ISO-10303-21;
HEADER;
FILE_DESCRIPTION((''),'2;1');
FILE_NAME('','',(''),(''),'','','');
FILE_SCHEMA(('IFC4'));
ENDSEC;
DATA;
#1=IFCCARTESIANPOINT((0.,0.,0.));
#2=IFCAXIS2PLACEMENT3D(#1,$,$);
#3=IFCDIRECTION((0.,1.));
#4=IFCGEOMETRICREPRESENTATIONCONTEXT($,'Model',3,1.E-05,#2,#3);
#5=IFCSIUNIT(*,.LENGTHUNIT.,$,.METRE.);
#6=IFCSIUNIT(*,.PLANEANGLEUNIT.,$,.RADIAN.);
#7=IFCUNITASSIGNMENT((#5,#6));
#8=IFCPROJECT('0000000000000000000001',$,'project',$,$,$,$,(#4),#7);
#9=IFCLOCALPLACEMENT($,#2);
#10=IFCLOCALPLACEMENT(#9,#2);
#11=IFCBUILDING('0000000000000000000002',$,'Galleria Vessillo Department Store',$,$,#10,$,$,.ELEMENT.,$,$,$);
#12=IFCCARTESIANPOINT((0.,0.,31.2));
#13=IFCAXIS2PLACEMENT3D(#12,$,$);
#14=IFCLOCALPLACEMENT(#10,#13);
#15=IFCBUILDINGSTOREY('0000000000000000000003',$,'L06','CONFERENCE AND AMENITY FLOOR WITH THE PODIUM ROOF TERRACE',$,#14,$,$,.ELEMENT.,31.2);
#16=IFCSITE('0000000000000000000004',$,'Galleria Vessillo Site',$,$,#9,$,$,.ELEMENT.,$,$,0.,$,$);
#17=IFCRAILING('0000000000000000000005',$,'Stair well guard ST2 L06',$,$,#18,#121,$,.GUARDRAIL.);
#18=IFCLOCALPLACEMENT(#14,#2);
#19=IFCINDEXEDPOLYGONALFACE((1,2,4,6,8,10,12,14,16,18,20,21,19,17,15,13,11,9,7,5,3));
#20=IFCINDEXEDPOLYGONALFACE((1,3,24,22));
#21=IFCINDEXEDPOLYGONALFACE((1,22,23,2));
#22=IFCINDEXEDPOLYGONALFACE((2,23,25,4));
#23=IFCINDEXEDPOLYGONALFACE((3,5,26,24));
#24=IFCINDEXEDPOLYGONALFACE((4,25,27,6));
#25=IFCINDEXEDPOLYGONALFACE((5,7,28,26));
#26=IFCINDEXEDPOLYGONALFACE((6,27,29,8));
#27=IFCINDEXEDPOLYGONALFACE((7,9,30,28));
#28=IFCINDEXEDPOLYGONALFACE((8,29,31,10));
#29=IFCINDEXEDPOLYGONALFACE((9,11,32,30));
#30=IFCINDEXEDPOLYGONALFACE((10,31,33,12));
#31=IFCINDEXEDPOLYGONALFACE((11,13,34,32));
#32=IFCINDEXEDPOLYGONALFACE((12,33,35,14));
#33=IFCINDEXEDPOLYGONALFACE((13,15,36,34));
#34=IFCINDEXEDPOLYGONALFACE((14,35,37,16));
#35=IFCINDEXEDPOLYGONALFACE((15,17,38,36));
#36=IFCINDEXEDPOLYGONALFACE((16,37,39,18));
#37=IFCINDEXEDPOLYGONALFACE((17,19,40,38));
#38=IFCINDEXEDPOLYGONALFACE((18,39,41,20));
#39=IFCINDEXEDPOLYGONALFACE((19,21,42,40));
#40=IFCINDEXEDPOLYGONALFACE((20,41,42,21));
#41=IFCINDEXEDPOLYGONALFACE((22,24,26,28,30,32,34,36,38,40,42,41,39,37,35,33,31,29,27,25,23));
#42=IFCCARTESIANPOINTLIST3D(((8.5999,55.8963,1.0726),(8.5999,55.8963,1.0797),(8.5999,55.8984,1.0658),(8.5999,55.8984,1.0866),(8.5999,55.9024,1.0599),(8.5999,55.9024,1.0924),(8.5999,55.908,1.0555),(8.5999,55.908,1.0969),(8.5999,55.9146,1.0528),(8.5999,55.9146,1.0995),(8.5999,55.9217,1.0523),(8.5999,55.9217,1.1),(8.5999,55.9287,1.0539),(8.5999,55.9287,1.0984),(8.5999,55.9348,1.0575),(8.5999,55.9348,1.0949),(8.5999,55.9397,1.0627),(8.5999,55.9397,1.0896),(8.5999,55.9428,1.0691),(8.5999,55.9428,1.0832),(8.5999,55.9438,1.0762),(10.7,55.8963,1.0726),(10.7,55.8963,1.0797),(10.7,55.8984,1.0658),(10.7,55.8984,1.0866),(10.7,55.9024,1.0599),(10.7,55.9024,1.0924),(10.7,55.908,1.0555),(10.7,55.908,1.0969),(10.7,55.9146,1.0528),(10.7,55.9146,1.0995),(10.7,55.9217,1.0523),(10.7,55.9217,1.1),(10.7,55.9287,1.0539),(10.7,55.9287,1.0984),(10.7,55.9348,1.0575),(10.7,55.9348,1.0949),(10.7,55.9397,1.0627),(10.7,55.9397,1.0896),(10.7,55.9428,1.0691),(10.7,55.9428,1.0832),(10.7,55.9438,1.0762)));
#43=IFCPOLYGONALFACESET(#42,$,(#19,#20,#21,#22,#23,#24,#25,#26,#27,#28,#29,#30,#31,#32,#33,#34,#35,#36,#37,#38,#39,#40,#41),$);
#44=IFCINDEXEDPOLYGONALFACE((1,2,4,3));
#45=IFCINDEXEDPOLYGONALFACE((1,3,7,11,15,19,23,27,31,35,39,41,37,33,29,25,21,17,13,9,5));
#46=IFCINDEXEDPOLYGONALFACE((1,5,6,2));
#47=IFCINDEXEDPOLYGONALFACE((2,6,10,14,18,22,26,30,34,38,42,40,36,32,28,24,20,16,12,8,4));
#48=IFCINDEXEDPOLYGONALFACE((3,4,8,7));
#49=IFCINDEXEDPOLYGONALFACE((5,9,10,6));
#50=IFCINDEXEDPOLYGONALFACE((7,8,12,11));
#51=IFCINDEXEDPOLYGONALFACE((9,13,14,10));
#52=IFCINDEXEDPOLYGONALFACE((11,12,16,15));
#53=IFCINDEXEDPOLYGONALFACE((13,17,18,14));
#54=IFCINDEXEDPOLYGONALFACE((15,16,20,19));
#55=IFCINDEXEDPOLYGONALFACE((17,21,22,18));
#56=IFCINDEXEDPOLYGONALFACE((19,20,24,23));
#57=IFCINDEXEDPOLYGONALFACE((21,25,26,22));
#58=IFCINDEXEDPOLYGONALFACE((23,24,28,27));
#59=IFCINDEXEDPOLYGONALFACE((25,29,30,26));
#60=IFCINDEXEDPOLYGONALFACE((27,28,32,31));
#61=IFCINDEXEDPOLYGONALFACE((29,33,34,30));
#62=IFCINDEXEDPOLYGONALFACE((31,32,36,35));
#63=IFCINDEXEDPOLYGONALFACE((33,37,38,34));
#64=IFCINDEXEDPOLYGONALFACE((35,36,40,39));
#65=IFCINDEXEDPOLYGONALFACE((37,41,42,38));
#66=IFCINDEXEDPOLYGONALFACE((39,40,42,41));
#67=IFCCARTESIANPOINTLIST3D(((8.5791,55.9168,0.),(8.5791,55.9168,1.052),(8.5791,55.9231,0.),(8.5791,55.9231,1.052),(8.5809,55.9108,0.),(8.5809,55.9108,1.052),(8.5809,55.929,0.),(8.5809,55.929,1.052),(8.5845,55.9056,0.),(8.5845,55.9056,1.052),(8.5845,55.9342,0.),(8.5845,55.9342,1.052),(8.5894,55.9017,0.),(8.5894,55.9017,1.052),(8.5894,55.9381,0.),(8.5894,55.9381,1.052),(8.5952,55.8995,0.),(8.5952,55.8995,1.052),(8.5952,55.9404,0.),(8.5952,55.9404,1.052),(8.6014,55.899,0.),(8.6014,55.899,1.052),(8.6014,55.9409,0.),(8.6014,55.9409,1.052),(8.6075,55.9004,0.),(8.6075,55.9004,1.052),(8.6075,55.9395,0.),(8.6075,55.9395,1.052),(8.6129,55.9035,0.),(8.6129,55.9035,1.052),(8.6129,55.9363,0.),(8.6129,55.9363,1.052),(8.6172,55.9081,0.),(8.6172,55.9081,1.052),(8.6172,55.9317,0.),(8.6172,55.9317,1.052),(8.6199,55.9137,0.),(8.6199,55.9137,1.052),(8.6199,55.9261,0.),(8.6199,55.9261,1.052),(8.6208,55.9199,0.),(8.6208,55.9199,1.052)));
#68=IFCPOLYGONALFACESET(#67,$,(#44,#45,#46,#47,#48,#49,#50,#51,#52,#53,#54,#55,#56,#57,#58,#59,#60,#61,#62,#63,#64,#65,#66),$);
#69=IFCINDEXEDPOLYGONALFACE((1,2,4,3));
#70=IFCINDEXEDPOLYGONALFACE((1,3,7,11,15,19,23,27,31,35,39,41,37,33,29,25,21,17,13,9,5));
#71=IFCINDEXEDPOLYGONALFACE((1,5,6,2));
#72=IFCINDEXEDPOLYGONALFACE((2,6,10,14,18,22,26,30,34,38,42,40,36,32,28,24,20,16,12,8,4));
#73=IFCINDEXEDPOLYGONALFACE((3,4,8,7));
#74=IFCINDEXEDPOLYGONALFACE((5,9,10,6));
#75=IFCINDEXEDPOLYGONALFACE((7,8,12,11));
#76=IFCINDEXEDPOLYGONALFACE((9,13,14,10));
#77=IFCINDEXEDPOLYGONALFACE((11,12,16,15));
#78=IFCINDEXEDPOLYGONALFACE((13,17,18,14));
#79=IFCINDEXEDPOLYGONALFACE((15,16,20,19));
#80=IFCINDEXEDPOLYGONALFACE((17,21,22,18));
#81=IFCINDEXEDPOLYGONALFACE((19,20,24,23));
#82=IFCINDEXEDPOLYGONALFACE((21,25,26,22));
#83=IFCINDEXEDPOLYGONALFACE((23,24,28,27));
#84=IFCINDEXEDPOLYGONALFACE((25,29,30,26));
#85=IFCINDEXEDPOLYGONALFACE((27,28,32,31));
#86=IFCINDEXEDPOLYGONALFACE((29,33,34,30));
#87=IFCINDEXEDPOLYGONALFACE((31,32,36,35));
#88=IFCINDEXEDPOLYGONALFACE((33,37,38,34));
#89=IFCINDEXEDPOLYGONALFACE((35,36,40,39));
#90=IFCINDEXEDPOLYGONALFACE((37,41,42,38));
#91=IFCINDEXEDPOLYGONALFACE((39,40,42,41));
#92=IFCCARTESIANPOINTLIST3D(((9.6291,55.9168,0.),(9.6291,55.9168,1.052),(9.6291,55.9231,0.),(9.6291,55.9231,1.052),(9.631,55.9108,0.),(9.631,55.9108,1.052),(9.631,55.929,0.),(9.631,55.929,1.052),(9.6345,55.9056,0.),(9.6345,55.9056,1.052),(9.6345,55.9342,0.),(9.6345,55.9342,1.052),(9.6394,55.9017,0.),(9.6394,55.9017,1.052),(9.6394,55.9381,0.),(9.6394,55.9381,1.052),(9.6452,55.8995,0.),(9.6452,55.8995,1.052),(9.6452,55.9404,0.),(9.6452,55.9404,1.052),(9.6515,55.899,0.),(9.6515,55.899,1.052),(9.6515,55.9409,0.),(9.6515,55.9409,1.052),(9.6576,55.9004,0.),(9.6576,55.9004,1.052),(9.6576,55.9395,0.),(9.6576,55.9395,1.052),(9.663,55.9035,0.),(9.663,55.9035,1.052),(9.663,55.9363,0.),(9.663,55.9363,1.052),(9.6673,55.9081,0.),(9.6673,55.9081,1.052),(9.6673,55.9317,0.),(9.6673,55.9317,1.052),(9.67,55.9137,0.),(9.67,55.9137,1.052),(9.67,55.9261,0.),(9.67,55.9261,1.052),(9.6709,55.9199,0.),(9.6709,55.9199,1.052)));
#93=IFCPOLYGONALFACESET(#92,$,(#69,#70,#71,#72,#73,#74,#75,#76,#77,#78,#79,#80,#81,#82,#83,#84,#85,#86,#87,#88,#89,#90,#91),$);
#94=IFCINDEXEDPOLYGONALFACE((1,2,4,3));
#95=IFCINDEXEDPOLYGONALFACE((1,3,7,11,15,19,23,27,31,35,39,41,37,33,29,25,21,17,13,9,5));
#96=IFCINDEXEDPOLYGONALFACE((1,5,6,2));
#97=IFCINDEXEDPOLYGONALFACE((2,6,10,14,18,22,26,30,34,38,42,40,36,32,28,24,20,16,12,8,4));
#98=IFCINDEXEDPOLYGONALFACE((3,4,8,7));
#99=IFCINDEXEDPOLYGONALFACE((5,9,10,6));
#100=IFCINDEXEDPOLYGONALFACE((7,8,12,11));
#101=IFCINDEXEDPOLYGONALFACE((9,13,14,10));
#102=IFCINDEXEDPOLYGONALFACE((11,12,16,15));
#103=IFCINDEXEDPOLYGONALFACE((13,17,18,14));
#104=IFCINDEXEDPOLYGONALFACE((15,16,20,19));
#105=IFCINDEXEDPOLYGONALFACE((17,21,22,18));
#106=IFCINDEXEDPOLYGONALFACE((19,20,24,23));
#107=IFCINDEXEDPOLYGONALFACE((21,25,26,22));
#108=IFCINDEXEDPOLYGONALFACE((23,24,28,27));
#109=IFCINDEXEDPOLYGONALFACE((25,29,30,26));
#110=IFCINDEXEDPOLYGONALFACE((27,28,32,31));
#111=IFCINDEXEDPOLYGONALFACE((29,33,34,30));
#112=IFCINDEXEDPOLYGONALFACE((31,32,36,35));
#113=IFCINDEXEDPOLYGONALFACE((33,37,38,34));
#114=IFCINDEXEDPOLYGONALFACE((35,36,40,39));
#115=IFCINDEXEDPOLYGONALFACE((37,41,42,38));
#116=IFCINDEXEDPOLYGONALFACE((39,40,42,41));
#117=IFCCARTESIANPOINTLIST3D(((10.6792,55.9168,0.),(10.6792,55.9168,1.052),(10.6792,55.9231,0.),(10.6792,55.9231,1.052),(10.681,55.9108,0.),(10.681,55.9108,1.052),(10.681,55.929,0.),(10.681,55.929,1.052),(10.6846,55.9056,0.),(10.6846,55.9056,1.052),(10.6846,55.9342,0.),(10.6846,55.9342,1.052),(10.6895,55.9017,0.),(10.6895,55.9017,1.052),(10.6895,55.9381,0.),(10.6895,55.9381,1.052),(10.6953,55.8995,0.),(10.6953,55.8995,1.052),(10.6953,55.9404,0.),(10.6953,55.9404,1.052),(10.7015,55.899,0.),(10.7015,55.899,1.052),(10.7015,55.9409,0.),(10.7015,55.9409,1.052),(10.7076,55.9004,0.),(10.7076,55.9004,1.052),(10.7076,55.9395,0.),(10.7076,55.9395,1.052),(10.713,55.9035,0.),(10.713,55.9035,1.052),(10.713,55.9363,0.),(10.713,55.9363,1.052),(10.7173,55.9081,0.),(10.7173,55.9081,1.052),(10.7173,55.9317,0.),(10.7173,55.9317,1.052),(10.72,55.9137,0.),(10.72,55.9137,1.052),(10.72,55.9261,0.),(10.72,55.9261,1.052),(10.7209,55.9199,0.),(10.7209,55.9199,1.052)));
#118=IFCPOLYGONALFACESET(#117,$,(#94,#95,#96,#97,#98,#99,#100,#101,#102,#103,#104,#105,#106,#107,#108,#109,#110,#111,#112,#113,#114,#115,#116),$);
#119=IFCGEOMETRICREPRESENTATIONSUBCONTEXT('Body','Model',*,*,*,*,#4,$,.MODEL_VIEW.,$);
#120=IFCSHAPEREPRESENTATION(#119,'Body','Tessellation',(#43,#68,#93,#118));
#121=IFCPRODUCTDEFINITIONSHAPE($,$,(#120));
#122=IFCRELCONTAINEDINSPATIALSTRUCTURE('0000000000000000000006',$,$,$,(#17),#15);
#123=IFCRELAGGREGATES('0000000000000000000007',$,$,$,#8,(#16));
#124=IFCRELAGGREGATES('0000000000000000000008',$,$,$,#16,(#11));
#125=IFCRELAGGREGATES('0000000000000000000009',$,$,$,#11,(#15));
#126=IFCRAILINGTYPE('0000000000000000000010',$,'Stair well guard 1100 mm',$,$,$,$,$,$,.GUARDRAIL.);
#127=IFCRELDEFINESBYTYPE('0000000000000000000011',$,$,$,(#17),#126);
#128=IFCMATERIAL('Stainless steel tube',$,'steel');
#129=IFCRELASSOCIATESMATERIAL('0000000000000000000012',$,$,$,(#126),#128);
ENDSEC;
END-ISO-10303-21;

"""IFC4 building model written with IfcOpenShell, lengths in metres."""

from ifc_helpers import new_model, si_unit, direction, frame, origin, origin_2d, place, context, subcontext, project, spatial, circle, extrude, material, type_object, element, save


model = new_model("IFC4")

# Units and contexts
model_context = context("Model", 3, precision=1e-05, world=origin(), true_north=direction((0.0, 1.0)))
body_context = subcontext(model_context, "Body", "Model", "MODEL_VIEW")
ifc_project = project(units=[si_unit("LENGTHUNIT", "METRE"), si_unit("PLANEANGLEUNIT", "RADIAN")], contexts=[model_context])

# Site, building, storey
site_placement = place(None, origin())
site = spatial("IfcSite", under=ifc_project, at=site_placement, Name="Galleria Vessillo Site", CompositionType="ELEMENT", RefElevation=0.0)
building_placement = place(site_placement, origin())
building = spatial("IfcBuilding", under=site, at=building_placement, Name="Galleria Vessillo Department Store", CompositionType="ELEMENT")
storey_placement = place(building_placement, frame((0.0, 0.0, 31.2)))
storey = spatial("IfcBuildingStorey", under=building, at=storey_placement, Name="L06", Description="CONFERENCE AND AMENITY FLOOR WITH THE PODIUM ROOF TERRACE", CompositionType="ELEMENT", Elevation=31.2)

# Railing
ifc_material_1 = material(Name="Stainless steel tube", Category="steel")
railing_type = type_object("IfcRailingType", Name="Stair well guard 1100 mm", PredefinedType="GUARDRAIL", material=ifc_material_1)
railing_placement = place(storey_placement, frame((8.5999, 55.9199, 0.0)))
element("IfcRailing", 1, at=railing_placement, inside=storey, type_object=railing_type, Name="Stair well guard ST2 L06", PredefinedType="GUARDRAIL", context=body_context, shape_type="SweptSolid", body=[
    extrude(circle(Radius=0.0239, at=origin_2d()), frame((0.0, 0.0, 1.0762), z_axis=(1.0, 0.0, 0.0), x_axis=(0.0, 1.0, 0.0)), (0.0, 0.0, 1.0), 2.1001),
    extrude(circle(Radius=0.021, at=origin_2d()), origin(), (0.0, 0.0, 1.0), 1.052),
    extrude(circle(Radius=0.021, at=origin_2d()), frame((1.05, 0.0, 0.0)), (0.0, 0.0, 1.0), 1.052),
    extrude(circle(Radius=0.021, at=origin_2d()), frame((2.1001, 0.0, 0.0)), (0.0, 0.0, 1.0), 1.052),
])

save(model, "model.ifc")
